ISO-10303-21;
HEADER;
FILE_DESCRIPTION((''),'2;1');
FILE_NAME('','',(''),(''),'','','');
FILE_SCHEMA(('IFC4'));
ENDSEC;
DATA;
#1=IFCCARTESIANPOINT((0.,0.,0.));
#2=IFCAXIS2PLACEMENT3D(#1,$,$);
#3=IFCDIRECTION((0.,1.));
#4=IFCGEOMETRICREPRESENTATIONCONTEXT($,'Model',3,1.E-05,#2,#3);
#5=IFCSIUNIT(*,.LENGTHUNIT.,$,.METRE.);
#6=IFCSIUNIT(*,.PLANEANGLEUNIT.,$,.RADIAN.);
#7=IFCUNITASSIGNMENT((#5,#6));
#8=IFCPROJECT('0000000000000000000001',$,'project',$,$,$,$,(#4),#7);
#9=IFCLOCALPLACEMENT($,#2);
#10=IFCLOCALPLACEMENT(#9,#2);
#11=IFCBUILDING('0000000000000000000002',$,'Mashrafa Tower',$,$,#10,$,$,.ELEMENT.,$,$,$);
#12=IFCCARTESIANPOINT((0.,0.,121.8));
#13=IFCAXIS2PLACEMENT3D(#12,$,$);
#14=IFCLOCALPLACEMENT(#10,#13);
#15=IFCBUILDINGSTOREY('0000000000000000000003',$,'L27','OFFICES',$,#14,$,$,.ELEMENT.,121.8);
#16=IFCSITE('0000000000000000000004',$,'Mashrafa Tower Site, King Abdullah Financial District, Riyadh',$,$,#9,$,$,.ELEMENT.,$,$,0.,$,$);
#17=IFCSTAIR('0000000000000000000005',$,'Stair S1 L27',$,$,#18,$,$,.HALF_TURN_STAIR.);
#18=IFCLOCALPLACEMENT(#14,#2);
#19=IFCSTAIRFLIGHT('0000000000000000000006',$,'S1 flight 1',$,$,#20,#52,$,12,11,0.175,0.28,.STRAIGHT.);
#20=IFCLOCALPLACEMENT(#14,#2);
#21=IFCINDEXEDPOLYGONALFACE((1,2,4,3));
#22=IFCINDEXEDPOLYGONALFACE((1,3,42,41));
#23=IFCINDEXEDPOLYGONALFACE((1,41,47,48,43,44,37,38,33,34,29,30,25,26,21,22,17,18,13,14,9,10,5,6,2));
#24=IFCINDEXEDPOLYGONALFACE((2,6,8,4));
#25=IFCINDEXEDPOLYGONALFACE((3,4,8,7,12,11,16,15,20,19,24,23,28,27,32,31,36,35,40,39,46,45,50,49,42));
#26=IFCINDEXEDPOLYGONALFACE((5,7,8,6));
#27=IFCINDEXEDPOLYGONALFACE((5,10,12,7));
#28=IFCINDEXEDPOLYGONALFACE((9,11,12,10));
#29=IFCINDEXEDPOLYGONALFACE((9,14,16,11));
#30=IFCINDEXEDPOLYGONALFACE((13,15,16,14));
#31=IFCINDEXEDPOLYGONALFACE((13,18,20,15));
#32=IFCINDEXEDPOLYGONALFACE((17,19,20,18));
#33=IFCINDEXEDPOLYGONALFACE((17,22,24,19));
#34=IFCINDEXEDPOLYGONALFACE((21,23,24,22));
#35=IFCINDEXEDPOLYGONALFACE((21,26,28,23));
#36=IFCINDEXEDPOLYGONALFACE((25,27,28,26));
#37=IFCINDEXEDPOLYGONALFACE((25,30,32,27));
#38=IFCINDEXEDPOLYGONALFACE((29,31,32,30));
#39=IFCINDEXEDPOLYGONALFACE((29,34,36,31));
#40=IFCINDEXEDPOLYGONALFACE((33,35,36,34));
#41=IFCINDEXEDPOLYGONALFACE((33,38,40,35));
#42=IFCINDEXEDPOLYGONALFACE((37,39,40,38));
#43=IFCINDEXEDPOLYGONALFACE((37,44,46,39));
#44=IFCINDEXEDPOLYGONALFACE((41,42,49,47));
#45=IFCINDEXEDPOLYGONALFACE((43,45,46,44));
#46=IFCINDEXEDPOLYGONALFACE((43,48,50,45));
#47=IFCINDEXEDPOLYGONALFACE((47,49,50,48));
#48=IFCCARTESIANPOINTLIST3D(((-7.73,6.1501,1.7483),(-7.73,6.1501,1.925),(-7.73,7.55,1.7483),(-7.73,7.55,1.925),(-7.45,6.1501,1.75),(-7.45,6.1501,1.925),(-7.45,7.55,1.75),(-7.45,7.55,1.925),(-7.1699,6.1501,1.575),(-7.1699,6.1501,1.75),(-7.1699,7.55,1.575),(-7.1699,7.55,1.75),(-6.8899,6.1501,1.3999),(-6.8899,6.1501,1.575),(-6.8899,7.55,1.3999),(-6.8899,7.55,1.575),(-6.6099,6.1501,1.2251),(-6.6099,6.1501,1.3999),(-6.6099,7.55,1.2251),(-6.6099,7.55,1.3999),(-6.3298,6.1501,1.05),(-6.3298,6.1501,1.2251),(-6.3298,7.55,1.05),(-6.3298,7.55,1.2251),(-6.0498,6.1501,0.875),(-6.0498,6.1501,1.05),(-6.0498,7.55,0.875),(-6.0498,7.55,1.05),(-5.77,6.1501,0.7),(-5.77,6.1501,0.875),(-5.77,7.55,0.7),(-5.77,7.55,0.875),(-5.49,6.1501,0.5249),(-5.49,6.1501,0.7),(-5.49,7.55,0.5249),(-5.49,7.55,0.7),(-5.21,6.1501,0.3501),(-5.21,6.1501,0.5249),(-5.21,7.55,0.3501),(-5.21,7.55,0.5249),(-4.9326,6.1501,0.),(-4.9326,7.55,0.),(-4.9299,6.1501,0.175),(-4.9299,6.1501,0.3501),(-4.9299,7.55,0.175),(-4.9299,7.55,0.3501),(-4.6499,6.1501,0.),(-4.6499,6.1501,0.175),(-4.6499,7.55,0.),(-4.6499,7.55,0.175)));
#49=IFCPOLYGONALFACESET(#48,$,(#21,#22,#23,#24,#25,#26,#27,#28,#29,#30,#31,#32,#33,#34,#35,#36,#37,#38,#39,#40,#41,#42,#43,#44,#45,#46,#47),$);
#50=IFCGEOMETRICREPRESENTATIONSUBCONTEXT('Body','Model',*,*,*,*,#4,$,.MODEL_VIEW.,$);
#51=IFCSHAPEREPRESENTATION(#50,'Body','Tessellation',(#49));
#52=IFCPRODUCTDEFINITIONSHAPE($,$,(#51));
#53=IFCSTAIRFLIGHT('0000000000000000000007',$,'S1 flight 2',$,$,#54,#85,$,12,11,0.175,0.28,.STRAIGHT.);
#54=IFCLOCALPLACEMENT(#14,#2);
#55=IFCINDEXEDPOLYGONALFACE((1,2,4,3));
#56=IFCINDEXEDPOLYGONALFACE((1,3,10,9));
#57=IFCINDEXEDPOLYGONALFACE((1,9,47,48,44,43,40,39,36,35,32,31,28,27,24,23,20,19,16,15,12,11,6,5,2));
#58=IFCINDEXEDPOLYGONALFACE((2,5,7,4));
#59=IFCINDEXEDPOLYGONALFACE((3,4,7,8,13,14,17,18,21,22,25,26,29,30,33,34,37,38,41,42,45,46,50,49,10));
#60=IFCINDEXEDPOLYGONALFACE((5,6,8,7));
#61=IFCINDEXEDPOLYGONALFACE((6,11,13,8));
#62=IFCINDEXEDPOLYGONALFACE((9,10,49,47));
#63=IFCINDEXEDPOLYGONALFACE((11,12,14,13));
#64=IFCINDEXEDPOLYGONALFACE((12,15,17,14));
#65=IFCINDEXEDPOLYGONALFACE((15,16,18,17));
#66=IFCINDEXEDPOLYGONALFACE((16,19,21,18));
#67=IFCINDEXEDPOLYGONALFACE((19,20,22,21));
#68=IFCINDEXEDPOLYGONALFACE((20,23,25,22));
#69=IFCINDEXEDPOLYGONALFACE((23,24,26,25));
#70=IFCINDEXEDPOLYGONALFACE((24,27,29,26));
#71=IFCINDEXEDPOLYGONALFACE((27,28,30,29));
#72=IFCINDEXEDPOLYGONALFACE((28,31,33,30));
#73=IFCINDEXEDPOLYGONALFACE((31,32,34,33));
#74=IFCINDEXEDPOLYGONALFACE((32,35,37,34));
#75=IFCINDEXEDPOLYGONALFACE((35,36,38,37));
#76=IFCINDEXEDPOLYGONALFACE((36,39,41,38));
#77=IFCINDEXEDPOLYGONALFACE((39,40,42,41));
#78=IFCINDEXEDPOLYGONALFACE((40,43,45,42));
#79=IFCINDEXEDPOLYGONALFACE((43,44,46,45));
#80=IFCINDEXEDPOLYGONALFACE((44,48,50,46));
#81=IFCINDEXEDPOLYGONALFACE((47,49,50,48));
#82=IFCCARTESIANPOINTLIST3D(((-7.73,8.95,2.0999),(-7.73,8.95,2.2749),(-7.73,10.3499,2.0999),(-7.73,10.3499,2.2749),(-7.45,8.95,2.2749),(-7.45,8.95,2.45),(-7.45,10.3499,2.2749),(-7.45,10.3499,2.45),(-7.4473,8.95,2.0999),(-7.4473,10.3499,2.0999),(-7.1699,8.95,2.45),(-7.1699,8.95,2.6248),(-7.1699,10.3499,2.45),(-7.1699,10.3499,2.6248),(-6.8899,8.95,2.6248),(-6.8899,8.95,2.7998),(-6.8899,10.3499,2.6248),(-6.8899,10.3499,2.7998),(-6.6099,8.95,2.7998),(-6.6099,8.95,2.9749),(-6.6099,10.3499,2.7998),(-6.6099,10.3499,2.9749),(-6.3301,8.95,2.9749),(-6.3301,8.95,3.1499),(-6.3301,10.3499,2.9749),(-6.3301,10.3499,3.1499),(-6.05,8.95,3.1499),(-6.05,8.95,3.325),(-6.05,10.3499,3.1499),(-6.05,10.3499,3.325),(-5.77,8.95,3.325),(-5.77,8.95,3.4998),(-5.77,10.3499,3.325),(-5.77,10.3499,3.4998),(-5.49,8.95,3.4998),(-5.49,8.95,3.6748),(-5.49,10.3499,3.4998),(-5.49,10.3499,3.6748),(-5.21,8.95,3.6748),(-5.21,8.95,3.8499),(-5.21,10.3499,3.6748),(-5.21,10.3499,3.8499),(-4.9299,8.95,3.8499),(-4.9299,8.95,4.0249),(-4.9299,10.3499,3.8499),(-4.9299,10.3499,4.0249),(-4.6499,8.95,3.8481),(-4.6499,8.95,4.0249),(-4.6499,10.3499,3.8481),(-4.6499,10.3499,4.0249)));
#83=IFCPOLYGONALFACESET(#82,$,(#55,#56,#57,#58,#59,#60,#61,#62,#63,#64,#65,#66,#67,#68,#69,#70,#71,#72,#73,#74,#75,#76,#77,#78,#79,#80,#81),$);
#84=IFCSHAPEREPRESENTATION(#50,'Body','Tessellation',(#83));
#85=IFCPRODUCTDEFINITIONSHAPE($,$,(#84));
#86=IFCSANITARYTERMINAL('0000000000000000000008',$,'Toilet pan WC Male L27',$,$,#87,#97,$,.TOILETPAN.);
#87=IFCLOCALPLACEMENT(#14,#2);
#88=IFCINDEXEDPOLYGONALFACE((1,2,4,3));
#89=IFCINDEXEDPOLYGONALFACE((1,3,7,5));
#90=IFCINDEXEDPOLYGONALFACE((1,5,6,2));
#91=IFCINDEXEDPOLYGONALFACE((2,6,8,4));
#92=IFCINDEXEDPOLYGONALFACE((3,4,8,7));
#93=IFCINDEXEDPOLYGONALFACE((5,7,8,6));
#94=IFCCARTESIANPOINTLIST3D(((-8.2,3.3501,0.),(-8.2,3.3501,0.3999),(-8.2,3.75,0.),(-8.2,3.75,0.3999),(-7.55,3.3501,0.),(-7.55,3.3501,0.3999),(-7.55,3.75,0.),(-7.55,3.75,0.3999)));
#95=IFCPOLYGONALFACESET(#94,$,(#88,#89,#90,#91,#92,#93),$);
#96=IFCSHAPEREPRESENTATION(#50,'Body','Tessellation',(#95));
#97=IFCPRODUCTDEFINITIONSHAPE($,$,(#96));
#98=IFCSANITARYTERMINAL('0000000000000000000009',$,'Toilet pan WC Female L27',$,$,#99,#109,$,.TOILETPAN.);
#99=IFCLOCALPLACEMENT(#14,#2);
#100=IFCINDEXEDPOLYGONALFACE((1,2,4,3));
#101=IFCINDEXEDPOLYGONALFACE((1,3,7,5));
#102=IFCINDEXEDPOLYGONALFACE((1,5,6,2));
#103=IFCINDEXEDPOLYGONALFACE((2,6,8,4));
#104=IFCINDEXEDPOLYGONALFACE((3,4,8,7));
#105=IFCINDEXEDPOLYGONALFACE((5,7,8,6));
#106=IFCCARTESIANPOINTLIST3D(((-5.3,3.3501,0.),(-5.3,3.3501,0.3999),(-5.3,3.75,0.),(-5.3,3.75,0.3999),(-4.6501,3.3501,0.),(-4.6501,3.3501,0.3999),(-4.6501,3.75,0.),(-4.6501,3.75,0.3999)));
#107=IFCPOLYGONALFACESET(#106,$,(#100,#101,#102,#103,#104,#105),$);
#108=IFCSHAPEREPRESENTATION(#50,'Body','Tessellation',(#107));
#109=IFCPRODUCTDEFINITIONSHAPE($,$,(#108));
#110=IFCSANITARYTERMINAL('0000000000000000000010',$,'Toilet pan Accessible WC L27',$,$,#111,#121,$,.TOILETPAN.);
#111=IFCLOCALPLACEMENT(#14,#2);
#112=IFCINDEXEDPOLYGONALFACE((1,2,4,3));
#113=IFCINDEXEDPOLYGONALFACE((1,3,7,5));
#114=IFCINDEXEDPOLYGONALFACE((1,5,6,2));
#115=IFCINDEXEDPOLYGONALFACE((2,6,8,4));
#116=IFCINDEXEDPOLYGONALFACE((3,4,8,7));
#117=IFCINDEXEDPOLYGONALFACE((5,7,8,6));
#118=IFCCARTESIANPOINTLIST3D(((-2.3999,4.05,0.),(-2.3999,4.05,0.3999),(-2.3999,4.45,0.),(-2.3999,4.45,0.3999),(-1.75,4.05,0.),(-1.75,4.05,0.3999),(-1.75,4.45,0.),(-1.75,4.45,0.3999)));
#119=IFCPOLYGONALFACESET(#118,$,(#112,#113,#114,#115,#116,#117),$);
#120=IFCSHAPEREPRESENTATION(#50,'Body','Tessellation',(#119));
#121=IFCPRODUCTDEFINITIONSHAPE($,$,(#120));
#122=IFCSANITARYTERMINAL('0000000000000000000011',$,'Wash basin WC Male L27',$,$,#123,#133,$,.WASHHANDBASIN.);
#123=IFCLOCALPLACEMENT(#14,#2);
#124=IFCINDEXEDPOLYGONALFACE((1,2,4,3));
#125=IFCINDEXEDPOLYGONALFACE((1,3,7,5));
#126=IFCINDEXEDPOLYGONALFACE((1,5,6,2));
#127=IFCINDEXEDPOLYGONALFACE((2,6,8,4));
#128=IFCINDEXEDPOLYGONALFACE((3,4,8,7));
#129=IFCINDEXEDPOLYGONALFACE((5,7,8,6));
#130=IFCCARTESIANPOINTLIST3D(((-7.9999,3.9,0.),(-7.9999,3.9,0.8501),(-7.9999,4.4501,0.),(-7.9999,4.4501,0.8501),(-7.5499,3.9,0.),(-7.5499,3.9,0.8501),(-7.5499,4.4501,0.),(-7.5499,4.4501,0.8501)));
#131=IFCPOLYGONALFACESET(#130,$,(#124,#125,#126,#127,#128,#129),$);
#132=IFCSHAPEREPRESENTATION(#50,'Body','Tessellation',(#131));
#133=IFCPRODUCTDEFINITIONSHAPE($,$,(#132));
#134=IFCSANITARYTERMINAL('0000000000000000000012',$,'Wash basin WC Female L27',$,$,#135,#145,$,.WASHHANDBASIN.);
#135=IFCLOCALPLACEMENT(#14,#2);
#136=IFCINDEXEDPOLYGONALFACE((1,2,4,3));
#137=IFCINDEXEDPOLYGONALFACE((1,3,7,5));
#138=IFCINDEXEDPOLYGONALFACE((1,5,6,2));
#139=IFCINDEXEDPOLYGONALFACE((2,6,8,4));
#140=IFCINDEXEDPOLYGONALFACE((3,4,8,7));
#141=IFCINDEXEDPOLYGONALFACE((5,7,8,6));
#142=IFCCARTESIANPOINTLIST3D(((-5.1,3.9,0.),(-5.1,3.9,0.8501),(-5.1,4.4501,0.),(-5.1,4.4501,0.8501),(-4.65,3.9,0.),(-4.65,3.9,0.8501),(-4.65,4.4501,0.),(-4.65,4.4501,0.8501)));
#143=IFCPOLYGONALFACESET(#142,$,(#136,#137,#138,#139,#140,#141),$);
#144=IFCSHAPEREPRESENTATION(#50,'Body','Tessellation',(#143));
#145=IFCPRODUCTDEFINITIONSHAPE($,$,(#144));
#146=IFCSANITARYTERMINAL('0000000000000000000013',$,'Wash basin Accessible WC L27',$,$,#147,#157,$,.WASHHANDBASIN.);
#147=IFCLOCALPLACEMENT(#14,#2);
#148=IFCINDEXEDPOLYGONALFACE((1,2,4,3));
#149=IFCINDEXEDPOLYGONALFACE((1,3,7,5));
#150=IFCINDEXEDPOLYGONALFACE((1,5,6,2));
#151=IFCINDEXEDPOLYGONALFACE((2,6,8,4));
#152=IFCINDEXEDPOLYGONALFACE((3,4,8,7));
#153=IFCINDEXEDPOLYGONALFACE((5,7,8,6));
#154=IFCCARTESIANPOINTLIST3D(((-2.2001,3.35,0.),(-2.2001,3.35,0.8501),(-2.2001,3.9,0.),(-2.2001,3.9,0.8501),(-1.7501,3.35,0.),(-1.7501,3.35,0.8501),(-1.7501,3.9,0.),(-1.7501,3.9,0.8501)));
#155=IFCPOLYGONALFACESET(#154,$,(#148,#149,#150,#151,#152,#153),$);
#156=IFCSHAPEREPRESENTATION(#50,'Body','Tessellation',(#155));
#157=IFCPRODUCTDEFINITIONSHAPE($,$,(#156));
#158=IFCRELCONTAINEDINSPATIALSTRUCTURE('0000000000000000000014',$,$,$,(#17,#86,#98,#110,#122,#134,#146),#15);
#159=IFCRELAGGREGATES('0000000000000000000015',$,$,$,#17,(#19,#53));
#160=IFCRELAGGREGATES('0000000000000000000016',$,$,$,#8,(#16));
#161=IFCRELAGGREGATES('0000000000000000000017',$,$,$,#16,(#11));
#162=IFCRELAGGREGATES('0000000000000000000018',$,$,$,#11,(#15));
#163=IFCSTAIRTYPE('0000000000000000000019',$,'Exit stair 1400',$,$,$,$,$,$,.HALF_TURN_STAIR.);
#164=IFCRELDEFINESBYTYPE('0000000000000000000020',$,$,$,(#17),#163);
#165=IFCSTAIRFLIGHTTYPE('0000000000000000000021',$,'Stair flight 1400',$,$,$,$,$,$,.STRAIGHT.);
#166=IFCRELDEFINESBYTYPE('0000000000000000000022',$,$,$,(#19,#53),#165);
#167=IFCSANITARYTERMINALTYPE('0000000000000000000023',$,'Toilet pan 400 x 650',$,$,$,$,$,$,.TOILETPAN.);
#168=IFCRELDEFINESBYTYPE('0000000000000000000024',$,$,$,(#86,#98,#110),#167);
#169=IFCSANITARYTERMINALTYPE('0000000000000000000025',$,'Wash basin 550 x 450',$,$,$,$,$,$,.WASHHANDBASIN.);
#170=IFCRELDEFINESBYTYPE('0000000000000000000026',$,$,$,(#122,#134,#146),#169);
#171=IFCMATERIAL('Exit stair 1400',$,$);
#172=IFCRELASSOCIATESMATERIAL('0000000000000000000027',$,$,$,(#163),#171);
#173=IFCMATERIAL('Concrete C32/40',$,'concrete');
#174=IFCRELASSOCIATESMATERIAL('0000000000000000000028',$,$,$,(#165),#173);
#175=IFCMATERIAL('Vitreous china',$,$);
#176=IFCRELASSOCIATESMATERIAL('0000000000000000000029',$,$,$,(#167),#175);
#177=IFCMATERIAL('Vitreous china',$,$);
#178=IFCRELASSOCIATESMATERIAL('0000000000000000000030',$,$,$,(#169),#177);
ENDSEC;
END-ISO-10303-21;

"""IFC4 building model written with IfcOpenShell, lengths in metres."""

from ifc_helpers import new_model, si_unit, direction, frame, origin, origin_2d, place, context, subcontext, project, spatial, polyline, rectangle, outline, extrude, material, type_object, element, aggregate, save


model = new_model("IFC4")

# Units and contexts
model_context = context("Model", 3, precision=1e-05, world=origin(), true_north=direction((0.0, 1.0)))
body_context = subcontext(model_context, "Body", "Model", "MODEL_VIEW")
ifc_project = project(units=[si_unit("LENGTHUNIT", "METRE"), si_unit("PLANEANGLEUNIT", "RADIAN")], contexts=[model_context])

# Site, building, storey
site_placement = place(None, origin())
site = spatial("IfcSite", under=ifc_project, at=site_placement, Name="Mashrafa Tower Site, King Abdullah Financial District, Riyadh", CompositionType="ELEMENT", RefElevation=0.0)
building_placement = place(site_placement, origin())
building = spatial("IfcBuilding", under=site, at=building_placement, Name="Mashrafa Tower", CompositionType="ELEMENT")
storey_placement = place(building_placement, frame((0.0, 0.0, 121.8)))
storey = spatial("IfcBuildingStorey", under=building, at=storey_placement, Name="L27", Description="OFFICES", CompositionType="ELEMENT", Elevation=121.8)

# Stair, stair flights
ifc_material_1 = material(Name="Exit stair 1400")
stair_type = type_object("IfcStairType", Name="Exit stair 1400", PredefinedType="HALF_TURN_STAIR", material=ifc_material_1)
stair_placement = place(storey_placement, origin())
stair = element("IfcStair", 1, at=stair_placement, inside=storey, type_object=stair_type, Name="Stair S1 L27", PredefinedType="HALF_TURN_STAIR")
ifc_material_2 = material(Name="Concrete C32/40", Category="concrete")
stair_flight_type = type_object("IfcStairFlightType", Name="Stair flight 1400", PredefinedType="STRAIGHT", material=ifc_material_2)
stair_flight_1_placement = place(storey_placement, frame((-4.6499, 6.8501, 0.0), z_axis=(0.0, 0.0, 1.0), x_axis=(-1.0, 0.0, 0.0)))
stair_flight_1 = element("IfcStairFlight", 2, at=stair_flight_1_placement, type_object=stair_flight_type, Name="S1 flight 1", NumberOfRisers=12, NumberOfTreads=11, PredefinedType="STRAIGHT", RiserHeight=0.175, TreadLength=0.28, context=body_context, shape_type="SweptSolid", body=[
    extrude(outline(polyline([(0.0, 0.0), (0.0, 0.175), (0.28, 0.175), (0.28, 0.3501), (0.5601, 0.3501), (0.5601, 0.5249), (0.8401, 0.5249), (0.8401, 0.7), (1.1201, 0.7), (1.1201, 0.875), (1.3999, 0.875), (1.3999, 1.05), (1.6799, 1.05), (1.6799, 1.2251), (1.96, 1.2251), (1.96, 1.3999), (2.24, 1.3999), (2.24, 1.575), (2.52, 1.575), (2.52, 1.75), (2.8, 1.75), (2.8, 1.925), (3.0801, 1.925), (3.0801, 2.1001), (3.0801, 1.7483), (0.2827, 0.0), (0.0, 0.0)])), frame((0.0, 0.7, 0.0), z_axis=(0.0, -1.0, 0.0), x_axis=(1.0, 0.0, 0.0)), (0.0, 0.0, 1.0), 1.3999),
])
stair_flight_2_placement = place(storey_placement, frame((-7.73, 9.6499, 2.0999), z_axis=(0.0, 0.0, 1.0), x_axis=(1.0, 0.0, 0.0)))
stair_flight_2 = element("IfcStairFlight", 3, at=stair_flight_2_placement, type_object=stair_flight_type, Name="S1 flight 2", NumberOfRisers=12, NumberOfTreads=11, PredefinedType="STRAIGHT", RiserHeight=0.175, TreadLength=0.28, context=body_context, shape_type="SweptSolid", body=[
    extrude(outline(polyline([(0.0, 0.0), (0.0, 0.175), (0.28, 0.175), (0.28, 0.3501), (0.5601, 0.3501), (0.5601, 0.5249), (0.8401, 0.5249), (0.8401, 0.7), (1.1201, 0.7), (1.1201, 0.875), (1.3999, 0.875), (1.3999, 1.05), (1.6799, 1.05), (1.6799, 1.2251), (1.96, 1.2251), (1.96, 1.3999), (2.24, 1.3999), (2.24, 1.575), (2.52, 1.575), (2.52, 1.75), (2.8, 1.75), (2.8, 1.925), (3.0801, 1.925), (3.0801, 2.1001), (3.0801, 1.7483), (0.2827, 0.0), (0.0, 0.0)])), frame((0.0, 0.7, 0.0), z_axis=(0.0, -1.0, 0.0), x_axis=(1.0, 0.0, 0.0)), (0.0, 0.0, 1.0), 1.3999),
])
aggregate(stair, [stair_flight_1, stair_flight_2])

# Sanitary terminals
ifc_material_3 = material(Name="Vitreous china")
sanitary_terminal_type_1 = type_object("IfcSanitaryTerminalType", Name="Toilet pan 400 x 650", PredefinedType="TOILETPAN", material=ifc_material_3)
for number, where, z_axis, x_axis, name in (
    (4, (-7.875, 3.55, 0.0), (0.0, 0.0, 1.0), (0.0, 1.0, 0.0), "Toilet pan WC Male L27"),
    (5, (-4.9751, 3.55, 0.0), (0.0, 0.0, 1.0), (0.0, 1.0, 0.0), "Toilet pan WC Female L27"),
    (6, (-2.075, 4.25, 0.0), (0.0, 0.0, 1.0), (0.0, 1.0, 0.0), "Toilet pan Accessible WC L27"),
):
    element("IfcSanitaryTerminal", number, at=place(storey_placement, frame(where, z_axis=z_axis, x_axis=x_axis)), inside=storey, type_object=sanitary_terminal_type_1, Name=name, PredefinedType="TOILETPAN", context=body_context, shape_type="SweptSolid", body=[
        extrude(rectangle(XDim=0.3999, YDim=0.6499, at=origin_2d()), origin(), (0.0, 0.0, 1.0), 0.3999),
    ])
ifc_material_4 = material(Name="Vitreous china")
sanitary_terminal_type_2 = type_object("IfcSanitaryTerminalType", Name="Wash basin 550 x 450", PredefinedType="WASHHANDBASIN", material=ifc_material_4)
for number, where, z_axis, x_axis, name in (
    (7, (-7.7749, 4.175, 0.0), (0.0, 0.0, 1.0), (0.0, 1.0, 0.0), "Wash basin WC Male L27"),
    (8, (-4.875, 4.175, 0.0), (0.0, 0.0, 1.0), (0.0, 1.0, 0.0), "Wash basin WC Female L27"),
    (9, (-1.9751, 3.625, 0.0), (0.0, 0.0, 1.0), (0.0, 1.0, 0.0), "Wash basin Accessible WC L27"),
):
    element("IfcSanitaryTerminal", number, at=place(storey_placement, frame(where, z_axis=z_axis, x_axis=x_axis)), inside=storey, type_object=sanitary_terminal_type_2, Name=name, PredefinedType="WASHHANDBASIN", context=body_context, shape_type="SweptSolid", body=[
        extrude(rectangle(XDim=0.55, YDim=0.45, at=origin_2d()), origin(), (0.0, 0.0, 1.0), 0.8501),
    ])

save(model, "model.ifc")
